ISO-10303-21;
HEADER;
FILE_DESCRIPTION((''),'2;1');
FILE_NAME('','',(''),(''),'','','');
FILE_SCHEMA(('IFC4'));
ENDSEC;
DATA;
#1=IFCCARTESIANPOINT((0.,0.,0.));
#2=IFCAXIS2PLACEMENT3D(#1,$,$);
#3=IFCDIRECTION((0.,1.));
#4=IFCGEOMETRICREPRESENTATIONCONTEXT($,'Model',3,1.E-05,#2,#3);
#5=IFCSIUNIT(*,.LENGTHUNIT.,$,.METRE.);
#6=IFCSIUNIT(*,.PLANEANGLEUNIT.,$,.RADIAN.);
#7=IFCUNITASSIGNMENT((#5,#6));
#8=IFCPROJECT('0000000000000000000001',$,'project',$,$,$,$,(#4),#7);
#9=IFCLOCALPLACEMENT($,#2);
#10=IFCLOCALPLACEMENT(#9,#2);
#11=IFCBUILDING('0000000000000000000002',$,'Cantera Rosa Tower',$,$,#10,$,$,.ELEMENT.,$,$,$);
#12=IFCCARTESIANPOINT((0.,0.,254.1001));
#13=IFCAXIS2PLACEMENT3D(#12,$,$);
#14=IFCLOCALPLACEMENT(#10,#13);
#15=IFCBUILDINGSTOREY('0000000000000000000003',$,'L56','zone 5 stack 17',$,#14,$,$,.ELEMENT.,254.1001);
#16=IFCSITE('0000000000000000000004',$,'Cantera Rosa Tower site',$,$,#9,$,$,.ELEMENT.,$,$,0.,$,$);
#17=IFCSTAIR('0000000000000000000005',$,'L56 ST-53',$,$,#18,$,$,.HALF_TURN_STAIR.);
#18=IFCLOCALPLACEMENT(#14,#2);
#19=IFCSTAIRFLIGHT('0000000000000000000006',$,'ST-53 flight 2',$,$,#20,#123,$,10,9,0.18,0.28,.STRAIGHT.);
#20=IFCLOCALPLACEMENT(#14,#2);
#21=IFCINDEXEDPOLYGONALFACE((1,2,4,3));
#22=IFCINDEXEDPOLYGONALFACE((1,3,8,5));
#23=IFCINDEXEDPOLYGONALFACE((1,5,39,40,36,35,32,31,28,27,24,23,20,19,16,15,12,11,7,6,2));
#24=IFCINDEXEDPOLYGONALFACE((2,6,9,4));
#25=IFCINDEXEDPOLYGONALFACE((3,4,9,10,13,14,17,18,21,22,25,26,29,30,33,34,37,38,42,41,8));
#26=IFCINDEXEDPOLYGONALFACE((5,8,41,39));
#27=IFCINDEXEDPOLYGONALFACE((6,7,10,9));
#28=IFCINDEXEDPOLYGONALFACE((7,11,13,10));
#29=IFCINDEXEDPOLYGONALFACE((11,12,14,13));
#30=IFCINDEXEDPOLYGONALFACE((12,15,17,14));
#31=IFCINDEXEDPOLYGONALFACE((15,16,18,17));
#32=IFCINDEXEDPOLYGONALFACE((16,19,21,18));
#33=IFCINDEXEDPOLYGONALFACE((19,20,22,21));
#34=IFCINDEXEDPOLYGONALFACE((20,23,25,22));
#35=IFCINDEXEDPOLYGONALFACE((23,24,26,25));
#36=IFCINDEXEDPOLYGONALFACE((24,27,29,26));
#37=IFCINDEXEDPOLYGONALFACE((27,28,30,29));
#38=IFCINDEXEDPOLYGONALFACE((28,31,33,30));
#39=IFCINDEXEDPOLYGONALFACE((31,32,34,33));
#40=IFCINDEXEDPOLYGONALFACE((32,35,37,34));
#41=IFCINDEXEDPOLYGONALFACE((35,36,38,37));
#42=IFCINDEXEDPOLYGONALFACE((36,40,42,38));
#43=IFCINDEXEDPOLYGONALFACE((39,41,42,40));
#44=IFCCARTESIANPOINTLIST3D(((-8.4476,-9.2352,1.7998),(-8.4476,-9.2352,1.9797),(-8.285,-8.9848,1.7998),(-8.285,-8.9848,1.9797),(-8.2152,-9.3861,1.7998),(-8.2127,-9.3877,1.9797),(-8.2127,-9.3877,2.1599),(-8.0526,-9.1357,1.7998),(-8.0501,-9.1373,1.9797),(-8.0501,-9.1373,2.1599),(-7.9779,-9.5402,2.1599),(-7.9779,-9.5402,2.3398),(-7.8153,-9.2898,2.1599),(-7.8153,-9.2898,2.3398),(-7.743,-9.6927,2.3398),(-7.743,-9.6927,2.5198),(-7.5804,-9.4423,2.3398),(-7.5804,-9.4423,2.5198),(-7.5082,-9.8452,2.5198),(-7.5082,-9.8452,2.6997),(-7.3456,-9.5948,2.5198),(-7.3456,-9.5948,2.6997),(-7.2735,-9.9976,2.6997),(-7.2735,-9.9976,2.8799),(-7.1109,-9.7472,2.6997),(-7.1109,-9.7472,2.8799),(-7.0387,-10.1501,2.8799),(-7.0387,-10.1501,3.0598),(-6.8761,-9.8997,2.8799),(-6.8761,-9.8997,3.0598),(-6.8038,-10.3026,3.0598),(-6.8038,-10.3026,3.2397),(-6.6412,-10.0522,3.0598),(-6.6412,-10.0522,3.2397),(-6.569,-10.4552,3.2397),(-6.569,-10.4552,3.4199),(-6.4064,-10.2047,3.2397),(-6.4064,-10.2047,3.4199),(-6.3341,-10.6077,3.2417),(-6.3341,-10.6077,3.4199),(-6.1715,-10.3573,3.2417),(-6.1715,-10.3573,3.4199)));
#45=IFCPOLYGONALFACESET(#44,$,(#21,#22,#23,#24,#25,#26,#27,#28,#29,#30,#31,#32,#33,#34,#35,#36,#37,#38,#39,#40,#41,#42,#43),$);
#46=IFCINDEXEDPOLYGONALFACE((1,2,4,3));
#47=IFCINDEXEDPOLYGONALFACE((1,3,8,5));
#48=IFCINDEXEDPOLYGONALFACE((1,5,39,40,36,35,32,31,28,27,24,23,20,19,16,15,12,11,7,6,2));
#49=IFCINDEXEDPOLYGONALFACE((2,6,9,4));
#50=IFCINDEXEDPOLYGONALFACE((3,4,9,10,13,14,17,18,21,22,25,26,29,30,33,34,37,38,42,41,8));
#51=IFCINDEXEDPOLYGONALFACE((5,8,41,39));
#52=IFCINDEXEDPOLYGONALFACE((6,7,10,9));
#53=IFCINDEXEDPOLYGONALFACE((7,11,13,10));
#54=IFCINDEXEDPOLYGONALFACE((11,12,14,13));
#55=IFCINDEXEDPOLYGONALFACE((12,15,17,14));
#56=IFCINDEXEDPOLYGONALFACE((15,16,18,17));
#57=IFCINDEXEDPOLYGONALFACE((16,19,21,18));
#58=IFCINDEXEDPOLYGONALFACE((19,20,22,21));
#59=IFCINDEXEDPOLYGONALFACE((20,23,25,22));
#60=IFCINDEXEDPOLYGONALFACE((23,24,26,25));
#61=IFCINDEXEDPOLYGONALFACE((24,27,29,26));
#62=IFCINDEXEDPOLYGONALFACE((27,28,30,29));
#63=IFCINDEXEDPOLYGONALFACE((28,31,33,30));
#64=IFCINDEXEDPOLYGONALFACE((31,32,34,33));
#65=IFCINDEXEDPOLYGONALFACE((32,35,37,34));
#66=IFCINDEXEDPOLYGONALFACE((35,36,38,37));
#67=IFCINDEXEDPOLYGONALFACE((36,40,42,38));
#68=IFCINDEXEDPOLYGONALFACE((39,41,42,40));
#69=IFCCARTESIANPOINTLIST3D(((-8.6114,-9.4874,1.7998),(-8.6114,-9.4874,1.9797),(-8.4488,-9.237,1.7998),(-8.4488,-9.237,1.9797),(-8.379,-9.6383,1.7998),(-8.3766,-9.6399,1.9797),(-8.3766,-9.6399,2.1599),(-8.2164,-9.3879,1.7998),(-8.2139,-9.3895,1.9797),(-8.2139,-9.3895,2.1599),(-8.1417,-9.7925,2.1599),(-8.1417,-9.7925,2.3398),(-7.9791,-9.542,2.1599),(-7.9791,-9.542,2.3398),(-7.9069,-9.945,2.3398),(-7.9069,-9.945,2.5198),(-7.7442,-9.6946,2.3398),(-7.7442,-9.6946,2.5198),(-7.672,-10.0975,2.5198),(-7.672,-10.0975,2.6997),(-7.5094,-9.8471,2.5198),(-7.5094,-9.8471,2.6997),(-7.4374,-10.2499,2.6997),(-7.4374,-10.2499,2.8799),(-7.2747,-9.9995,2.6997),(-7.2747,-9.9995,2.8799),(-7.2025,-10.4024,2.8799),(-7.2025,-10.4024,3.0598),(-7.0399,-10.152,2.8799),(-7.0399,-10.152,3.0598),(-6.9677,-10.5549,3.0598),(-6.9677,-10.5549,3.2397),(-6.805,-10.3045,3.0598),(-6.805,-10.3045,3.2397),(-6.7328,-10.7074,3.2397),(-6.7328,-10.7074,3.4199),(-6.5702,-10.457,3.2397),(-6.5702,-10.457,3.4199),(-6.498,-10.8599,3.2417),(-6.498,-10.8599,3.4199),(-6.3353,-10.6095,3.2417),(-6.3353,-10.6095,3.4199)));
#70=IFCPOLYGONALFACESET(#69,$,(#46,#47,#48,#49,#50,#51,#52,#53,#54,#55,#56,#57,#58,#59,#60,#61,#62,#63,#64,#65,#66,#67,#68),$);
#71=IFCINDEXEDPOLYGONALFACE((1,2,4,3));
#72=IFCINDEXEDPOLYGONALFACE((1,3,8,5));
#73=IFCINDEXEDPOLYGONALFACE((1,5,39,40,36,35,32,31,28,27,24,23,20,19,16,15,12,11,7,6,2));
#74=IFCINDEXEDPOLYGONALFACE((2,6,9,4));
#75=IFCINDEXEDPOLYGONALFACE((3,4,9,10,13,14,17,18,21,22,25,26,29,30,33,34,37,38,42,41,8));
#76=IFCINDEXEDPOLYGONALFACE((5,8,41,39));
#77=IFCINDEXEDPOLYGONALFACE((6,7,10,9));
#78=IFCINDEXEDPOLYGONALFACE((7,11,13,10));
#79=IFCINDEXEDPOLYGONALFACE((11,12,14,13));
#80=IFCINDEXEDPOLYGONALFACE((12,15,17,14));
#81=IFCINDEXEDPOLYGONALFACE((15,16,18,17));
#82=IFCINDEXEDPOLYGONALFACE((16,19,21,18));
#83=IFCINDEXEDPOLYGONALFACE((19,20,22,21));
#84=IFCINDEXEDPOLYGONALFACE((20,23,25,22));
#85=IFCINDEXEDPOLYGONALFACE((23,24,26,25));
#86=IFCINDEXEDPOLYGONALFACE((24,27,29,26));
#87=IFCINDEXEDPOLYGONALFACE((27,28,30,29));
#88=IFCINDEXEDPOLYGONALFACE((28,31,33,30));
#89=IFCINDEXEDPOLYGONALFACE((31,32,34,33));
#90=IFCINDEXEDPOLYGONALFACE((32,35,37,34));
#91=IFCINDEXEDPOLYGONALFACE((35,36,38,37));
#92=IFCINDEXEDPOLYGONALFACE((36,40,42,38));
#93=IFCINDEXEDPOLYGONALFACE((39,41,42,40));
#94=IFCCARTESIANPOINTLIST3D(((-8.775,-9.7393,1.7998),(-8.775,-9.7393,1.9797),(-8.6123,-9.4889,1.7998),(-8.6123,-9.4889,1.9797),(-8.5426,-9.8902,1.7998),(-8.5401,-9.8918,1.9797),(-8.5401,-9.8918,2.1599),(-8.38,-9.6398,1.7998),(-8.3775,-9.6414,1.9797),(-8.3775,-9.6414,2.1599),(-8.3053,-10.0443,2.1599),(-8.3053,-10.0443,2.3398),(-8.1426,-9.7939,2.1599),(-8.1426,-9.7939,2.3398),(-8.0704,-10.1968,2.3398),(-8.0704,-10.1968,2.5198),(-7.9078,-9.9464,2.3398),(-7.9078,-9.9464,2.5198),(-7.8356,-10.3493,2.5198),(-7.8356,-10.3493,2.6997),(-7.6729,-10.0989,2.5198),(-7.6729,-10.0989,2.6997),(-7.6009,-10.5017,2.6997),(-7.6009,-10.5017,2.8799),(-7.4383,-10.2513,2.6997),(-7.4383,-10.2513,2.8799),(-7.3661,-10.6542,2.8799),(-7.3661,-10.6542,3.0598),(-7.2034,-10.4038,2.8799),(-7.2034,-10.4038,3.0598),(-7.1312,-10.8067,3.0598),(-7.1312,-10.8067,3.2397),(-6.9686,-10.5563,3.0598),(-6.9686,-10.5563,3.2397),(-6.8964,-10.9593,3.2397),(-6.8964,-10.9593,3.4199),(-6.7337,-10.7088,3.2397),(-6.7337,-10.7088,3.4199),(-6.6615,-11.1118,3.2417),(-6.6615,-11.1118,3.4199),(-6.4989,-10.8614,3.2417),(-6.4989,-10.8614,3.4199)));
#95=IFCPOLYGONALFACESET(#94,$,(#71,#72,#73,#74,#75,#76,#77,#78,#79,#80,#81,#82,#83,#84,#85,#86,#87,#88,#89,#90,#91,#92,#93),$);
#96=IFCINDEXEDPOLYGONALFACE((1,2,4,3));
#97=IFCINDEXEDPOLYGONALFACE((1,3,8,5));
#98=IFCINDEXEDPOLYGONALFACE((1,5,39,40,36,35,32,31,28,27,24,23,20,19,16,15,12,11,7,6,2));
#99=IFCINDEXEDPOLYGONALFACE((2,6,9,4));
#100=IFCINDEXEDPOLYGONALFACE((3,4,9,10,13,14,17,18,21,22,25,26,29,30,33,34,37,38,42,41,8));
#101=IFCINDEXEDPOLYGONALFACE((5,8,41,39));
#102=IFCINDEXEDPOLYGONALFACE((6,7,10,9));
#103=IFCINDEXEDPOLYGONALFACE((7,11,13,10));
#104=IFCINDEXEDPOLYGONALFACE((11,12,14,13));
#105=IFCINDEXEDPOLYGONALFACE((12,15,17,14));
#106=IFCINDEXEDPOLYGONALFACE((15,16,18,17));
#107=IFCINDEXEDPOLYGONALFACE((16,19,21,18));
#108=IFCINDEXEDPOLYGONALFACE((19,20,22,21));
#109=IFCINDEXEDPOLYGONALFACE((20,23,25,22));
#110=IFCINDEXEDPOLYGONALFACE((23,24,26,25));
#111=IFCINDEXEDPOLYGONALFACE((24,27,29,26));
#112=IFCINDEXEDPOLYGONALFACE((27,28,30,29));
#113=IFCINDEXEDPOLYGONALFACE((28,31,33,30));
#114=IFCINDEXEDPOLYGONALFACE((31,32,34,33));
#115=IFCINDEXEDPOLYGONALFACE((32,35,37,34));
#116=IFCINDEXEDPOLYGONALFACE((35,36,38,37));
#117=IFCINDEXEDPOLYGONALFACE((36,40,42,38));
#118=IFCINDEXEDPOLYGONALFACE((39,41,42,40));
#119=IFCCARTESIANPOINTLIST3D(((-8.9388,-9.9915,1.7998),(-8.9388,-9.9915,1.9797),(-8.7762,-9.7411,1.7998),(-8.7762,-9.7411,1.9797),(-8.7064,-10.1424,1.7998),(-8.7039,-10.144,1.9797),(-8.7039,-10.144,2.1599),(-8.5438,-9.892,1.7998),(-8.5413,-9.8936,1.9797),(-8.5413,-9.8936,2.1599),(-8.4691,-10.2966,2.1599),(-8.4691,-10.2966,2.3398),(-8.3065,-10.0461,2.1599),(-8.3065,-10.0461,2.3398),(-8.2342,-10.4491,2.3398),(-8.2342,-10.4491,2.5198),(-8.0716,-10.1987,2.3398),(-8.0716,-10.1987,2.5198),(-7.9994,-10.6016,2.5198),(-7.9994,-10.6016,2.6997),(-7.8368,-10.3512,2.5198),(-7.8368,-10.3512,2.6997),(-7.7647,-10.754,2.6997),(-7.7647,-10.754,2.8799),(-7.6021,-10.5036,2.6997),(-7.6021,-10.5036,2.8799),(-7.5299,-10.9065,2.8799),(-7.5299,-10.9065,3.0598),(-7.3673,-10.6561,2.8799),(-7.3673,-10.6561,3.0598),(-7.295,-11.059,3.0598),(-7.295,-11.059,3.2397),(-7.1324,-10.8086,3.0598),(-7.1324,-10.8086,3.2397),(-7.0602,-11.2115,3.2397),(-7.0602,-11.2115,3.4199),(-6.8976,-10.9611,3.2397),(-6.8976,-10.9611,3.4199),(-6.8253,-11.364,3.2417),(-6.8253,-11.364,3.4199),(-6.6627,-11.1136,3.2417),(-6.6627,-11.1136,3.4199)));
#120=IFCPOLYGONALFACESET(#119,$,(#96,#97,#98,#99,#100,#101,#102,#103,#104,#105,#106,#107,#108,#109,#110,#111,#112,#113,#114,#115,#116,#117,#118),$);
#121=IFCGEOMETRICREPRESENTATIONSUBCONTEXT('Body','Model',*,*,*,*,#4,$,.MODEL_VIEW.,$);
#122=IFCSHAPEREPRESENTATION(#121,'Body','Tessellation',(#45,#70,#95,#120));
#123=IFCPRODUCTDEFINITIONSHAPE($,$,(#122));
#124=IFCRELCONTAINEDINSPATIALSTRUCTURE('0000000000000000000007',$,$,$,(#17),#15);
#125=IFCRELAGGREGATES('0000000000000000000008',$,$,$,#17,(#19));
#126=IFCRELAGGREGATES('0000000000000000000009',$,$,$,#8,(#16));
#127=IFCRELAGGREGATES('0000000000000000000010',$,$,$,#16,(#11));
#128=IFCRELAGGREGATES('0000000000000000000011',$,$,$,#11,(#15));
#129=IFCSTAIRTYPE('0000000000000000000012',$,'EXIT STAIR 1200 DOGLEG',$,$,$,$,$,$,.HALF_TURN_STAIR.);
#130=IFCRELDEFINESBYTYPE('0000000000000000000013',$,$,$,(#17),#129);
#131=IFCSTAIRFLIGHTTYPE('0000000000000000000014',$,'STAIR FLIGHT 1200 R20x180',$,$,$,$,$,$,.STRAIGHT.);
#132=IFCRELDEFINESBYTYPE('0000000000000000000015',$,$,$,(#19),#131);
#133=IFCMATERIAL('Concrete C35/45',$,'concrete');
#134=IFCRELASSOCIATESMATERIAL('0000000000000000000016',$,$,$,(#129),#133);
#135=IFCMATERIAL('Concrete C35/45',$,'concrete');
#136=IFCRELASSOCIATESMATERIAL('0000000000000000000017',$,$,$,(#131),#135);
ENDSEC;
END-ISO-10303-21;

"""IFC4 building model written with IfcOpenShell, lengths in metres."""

from ifc_helpers import new_model, si_unit, direction, frame, origin, place, context, subcontext, project, spatial, polyline, outline, extrude, material, type_object, element, aggregate, save


model = new_model("IFC4")

# Units and contexts
model_context = context("Model", 3, precision=1e-05, world=origin(), true_north=direction((0.0, 1.0)))
body_context = subcontext(model_context, "Body", "Model", "MODEL_VIEW")
ifc_project = project(units=[si_unit("LENGTHUNIT", "METRE"), si_unit("PLANEANGLEUNIT", "RADIAN")], contexts=[model_context])

# Site, building, storey
site_placement = place(None, origin())
site = spatial("IfcSite", under=ifc_project, at=site_placement, Name="Cantera Rosa Tower site", CompositionType="ELEMENT", RefElevation=0.0)
building_placement = place(site_placement, origin())
building = spatial("IfcBuilding", under=site, at=building_placement, Name="Cantera Rosa Tower", CompositionType="ELEMENT")
storey_placement = place(building_placement, frame((0.0, 0.0, 254.1001)))
storey = spatial("IfcBuildingStorey", under=building, at=storey_placement, Name="L56", Description="zone 5 stack 17", CompositionType="ELEMENT", Elevation=254.1001)

# Stair, stair flight
ifc_material_1 = material(Name="Concrete C35/45", Category="concrete")
stair_type = type_object("IfcStairType", Name="EXIT STAIR 1200 DOGLEG", PredefinedType="HALF_TURN_STAIR", material=ifc_material_1)
stair_placement = place(storey_placement, origin())
stair = element("IfcStair", 1, at=stair_placement, inside=storey, type_object=stair_type, Name="L56 ST-53", PredefinedType="HALF_TURN_STAIR")
ifc_material_2 = material(Name="Concrete C35/45", Category="concrete")
stair_flight_type = type_object("IfcStairFlightType", Name="STAIR FLIGHT 1200 R20x180", PredefinedType="STRAIGHT", material=ifc_material_2)
stair_flight_1_placement = place(storey_placement, frame((-8.6118, -9.488, 1.7998), z_axis=(0.0, 0.0, 1.0), x_axis=(0.838671, -0.544639, 0.0)))
stair_flight_1 = element("IfcStairFlight", 2, at=stair_flight_1_placement, type_object=stair_flight_type, Name="ST-53 flight 2", NumberOfRisers=10, NumberOfTreads=9, PredefinedType="STRAIGHT", RiserHeight=0.18, TreadLength=0.28, context=body_context, shape_type="SweptSolid", body=[
    extrude(outline(polyline([(0.0, 0.0), (0.0, 0.1799), (0.28, 0.1799), (0.28, 0.3601), (0.5601, 0.3601), (0.5601, 0.54), (0.8401, 0.54), (0.8401, 0.72), (1.1201, 0.72), (1.1201, 0.8999), (1.3999, 0.8999), (1.3999, 1.0801), (1.6799, 1.0801), (1.6799, 1.26), (1.96, 1.26), (1.96, 1.4399), (2.24, 1.4399), (2.24, 1.6201), (2.52, 1.6201), (2.52, 1.8), (2.52, 1.4419), (0.2771, 0.0), (0.0, 0.0)])), frame((0.0, 0.6001, 0.0), z_axis=(0.0, -1.0, 0.0), x_axis=(1.0, 0.0, 0.0)), (0.0, 0.0, 1.0), 0.2986),
    extrude(outline(polyline([(0.0, 0.0), (0.0, 0.1799), (0.28, 0.1799), (0.28, 0.3601), (0.5601, 0.3601), (0.5601, 0.54), (0.8401, 0.54), (0.8401, 0.72), (1.1201, 0.72), (1.1201, 0.8999), (1.3999, 0.8999), (1.3999, 1.0801), (1.6799, 1.0801), (1.6799, 1.26), (1.96, 1.26), (1.96, 1.4399), (2.24, 1.4399), (2.24, 1.6201), (2.52, 1.6201), (2.52, 1.8), (2.52, 1.4419), (0.2771, 0.0), (0.0, 0.0)])), frame((0.0, 0.2993, 0.0), z_axis=(0.0, -1.0, 0.0), x_axis=(1.0, 0.0, 0.0)), (0.0, 0.0, 1.0), 0.2986),
    extrude(outline(polyline([(0.0, 0.0), (0.0, 0.1799), (0.28, 0.1799), (0.28, 0.3601), (0.5601, 0.3601), (0.5601, 0.54), (0.8401, 0.54), (0.8401, 0.72), (1.1201, 0.72), (1.1201, 0.8999), (1.3999, 0.8999), (1.3999, 1.0801), (1.6799, 1.0801), (1.6799, 1.26), (1.96, 1.26), (1.96, 1.4399), (2.24, 1.4399), (2.24, 1.6201), (2.52, 1.6201), (2.52, 1.8), (2.52, 1.4419), (0.2771, 0.0), (0.0, 0.0)])), frame((0.0, -0.001, 0.0), z_axis=(0.0, -1.0, 0.0), x_axis=(1.0, 0.0, 0.0)), (0.0, 0.0, 1.0), 0.2986),
    extrude(outline(polyline([(0.0, 0.0), (0.0, 0.1799), (0.28, 0.1799), (0.28, 0.3601), (0.5601, 0.3601), (0.5601, 0.54), (0.8401, 0.54), (0.8401, 0.72), (1.1201, 0.72), (1.1201, 0.8999), (1.3999, 0.8999), (1.3999, 1.0801), (1.6799, 1.0801), (1.6799, 1.26), (1.96, 1.26), (1.96, 1.4399), (2.24, 1.4399), (2.24, 1.6201), (2.52, 1.6201), (2.52, 1.8), (2.52, 1.4419), (0.2771, 0.0), (0.0, 0.0)])), frame((0.0, -0.3018, 0.0), z_axis=(0.0, -1.0, 0.0), x_axis=(1.0, 0.0, 0.0)), (0.0, 0.0, 1.0), 0.2986),
])
aggregate(stair, [stair_flight_1])

save(model, "model.ifc")
